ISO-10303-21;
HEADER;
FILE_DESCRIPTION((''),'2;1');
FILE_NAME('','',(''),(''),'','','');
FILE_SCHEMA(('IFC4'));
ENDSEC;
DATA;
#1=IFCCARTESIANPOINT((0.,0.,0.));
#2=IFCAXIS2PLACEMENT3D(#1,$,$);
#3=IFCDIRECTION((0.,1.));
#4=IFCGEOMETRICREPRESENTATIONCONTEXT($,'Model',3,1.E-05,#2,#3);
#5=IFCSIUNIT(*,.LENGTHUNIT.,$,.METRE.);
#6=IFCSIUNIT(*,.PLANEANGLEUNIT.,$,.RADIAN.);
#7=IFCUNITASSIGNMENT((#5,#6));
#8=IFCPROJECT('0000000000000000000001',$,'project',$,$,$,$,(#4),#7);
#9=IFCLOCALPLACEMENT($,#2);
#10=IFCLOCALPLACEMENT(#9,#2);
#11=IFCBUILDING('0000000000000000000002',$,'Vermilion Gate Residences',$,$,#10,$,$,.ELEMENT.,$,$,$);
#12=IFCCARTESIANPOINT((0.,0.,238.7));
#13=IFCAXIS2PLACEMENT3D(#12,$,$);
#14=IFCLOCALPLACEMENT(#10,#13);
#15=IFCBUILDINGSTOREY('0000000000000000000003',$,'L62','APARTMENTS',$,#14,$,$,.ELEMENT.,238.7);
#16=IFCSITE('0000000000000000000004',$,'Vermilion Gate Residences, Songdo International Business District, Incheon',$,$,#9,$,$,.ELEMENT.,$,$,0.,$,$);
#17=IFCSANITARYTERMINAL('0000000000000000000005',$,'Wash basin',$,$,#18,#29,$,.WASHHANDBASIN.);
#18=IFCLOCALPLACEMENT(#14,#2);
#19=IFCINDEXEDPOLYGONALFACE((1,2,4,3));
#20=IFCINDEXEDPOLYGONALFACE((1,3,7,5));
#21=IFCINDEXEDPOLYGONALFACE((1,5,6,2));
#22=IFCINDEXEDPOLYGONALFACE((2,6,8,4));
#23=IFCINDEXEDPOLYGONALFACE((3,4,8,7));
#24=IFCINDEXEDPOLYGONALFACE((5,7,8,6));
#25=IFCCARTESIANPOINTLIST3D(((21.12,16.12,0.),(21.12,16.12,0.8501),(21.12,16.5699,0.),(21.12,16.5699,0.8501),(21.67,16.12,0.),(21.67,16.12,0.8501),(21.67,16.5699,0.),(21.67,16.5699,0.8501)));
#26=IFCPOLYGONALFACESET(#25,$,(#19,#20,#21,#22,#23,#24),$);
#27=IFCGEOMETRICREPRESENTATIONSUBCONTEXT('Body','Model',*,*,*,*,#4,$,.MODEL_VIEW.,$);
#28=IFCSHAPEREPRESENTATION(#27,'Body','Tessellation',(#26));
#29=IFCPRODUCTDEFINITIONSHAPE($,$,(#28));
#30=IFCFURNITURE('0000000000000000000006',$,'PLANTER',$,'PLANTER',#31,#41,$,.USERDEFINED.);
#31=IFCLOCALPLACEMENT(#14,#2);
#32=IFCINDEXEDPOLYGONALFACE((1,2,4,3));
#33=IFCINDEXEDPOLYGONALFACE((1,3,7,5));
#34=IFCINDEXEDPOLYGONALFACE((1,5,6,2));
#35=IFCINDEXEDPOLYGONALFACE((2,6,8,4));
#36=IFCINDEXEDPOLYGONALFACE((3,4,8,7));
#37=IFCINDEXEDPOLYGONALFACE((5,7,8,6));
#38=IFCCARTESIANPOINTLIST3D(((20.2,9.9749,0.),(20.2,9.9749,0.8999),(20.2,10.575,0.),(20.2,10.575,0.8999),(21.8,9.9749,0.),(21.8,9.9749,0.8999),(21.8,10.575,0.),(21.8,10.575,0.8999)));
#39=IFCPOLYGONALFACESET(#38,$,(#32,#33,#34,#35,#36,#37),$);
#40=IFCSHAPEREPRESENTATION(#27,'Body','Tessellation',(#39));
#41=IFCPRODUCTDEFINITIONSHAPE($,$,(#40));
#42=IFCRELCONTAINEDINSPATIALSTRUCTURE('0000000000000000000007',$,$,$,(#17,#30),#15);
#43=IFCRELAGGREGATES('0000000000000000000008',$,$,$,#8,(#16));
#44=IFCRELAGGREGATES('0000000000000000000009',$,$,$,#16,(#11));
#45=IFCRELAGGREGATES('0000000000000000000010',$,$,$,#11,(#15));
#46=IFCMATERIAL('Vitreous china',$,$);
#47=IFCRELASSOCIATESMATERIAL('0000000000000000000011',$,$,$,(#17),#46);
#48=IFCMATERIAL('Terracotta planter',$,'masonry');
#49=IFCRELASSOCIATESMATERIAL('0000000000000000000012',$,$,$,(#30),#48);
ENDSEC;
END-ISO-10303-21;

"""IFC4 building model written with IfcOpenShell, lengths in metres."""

from ifc_helpers import new_model, si_unit, direction, frame, origin, origin_2d, place, context, subcontext, project, spatial, rectangle, extrude, material, element, save


model = new_model("IFC4")

# Units and contexts
model_context = context("Model", 3, precision=1e-05, world=origin(), true_north=direction((0.0, 1.0)))
body_context = subcontext(model_context, "Body", "Model", "MODEL_VIEW")
ifc_project = project(units=[si_unit("LENGTHUNIT", "METRE"), si_unit("PLANEANGLEUNIT", "RADIAN")], contexts=[model_context])

# Site, building, storey
site_placement = place(None, origin())
site = spatial("IfcSite", under=ifc_project, at=site_placement, Name="Vermilion Gate Residences, Songdo International Business District, Incheon", CompositionType="ELEMENT", RefElevation=0.0)
building_placement = place(site_placement, origin())
building = spatial("IfcBuilding", under=site, at=building_placement, Name="Vermilion Gate Residences", CompositionType="ELEMENT")
storey_placement = place(building_placement, frame((0.0, 0.0, 238.7)))
storey = spatial("IfcBuildingStorey", under=building, at=storey_placement, Name="L62", Description="APARTMENTS", CompositionType="ELEMENT", Elevation=238.7)

# Sanitary terminal
ifc_material_1 = material(Name="Vitreous china")
sanitary_terminal_placement = place(storey_placement, frame((21.395, 16.345, 0.0), z_axis=(0.0, 0.0, 1.0), x_axis=(1.0, 0.0, 0.0)))
element("IfcSanitaryTerminal", 1, at=sanitary_terminal_placement, inside=storey, material=ifc_material_1, Name="Wash basin", PredefinedType="WASHHANDBASIN", context=body_context, shape_type="SweptSolid", body=[
    extrude(rectangle(XDim=0.55, YDim=0.45, at=origin_2d()), origin(), (0.0, 0.0, 1.0), 0.8501),
])

# Furniture
ifc_material_2 = material(Name="Terracotta planter", Category="masonry")
furniture_placement = place(storey_placement, frame((21.0, 10.2749, 0.0), z_axis=(0.0, 0.0, 1.0), x_axis=(1.0, 0.0, 0.0)))
element("IfcFurniture", 2, at=furniture_placement, inside=storey, material=ifc_material_2, Name="PLANTER", ObjectType="PLANTER", PredefinedType="USERDEFINED", context=body_context, shape_type="SweptSolid", body=[
    extrude(rectangle(XDim=1.6001, YDim=0.6001, at=origin_2d()), origin(), (0.0, 0.0, 1.0), 0.8999),
])

save(model, "model.ifc")
